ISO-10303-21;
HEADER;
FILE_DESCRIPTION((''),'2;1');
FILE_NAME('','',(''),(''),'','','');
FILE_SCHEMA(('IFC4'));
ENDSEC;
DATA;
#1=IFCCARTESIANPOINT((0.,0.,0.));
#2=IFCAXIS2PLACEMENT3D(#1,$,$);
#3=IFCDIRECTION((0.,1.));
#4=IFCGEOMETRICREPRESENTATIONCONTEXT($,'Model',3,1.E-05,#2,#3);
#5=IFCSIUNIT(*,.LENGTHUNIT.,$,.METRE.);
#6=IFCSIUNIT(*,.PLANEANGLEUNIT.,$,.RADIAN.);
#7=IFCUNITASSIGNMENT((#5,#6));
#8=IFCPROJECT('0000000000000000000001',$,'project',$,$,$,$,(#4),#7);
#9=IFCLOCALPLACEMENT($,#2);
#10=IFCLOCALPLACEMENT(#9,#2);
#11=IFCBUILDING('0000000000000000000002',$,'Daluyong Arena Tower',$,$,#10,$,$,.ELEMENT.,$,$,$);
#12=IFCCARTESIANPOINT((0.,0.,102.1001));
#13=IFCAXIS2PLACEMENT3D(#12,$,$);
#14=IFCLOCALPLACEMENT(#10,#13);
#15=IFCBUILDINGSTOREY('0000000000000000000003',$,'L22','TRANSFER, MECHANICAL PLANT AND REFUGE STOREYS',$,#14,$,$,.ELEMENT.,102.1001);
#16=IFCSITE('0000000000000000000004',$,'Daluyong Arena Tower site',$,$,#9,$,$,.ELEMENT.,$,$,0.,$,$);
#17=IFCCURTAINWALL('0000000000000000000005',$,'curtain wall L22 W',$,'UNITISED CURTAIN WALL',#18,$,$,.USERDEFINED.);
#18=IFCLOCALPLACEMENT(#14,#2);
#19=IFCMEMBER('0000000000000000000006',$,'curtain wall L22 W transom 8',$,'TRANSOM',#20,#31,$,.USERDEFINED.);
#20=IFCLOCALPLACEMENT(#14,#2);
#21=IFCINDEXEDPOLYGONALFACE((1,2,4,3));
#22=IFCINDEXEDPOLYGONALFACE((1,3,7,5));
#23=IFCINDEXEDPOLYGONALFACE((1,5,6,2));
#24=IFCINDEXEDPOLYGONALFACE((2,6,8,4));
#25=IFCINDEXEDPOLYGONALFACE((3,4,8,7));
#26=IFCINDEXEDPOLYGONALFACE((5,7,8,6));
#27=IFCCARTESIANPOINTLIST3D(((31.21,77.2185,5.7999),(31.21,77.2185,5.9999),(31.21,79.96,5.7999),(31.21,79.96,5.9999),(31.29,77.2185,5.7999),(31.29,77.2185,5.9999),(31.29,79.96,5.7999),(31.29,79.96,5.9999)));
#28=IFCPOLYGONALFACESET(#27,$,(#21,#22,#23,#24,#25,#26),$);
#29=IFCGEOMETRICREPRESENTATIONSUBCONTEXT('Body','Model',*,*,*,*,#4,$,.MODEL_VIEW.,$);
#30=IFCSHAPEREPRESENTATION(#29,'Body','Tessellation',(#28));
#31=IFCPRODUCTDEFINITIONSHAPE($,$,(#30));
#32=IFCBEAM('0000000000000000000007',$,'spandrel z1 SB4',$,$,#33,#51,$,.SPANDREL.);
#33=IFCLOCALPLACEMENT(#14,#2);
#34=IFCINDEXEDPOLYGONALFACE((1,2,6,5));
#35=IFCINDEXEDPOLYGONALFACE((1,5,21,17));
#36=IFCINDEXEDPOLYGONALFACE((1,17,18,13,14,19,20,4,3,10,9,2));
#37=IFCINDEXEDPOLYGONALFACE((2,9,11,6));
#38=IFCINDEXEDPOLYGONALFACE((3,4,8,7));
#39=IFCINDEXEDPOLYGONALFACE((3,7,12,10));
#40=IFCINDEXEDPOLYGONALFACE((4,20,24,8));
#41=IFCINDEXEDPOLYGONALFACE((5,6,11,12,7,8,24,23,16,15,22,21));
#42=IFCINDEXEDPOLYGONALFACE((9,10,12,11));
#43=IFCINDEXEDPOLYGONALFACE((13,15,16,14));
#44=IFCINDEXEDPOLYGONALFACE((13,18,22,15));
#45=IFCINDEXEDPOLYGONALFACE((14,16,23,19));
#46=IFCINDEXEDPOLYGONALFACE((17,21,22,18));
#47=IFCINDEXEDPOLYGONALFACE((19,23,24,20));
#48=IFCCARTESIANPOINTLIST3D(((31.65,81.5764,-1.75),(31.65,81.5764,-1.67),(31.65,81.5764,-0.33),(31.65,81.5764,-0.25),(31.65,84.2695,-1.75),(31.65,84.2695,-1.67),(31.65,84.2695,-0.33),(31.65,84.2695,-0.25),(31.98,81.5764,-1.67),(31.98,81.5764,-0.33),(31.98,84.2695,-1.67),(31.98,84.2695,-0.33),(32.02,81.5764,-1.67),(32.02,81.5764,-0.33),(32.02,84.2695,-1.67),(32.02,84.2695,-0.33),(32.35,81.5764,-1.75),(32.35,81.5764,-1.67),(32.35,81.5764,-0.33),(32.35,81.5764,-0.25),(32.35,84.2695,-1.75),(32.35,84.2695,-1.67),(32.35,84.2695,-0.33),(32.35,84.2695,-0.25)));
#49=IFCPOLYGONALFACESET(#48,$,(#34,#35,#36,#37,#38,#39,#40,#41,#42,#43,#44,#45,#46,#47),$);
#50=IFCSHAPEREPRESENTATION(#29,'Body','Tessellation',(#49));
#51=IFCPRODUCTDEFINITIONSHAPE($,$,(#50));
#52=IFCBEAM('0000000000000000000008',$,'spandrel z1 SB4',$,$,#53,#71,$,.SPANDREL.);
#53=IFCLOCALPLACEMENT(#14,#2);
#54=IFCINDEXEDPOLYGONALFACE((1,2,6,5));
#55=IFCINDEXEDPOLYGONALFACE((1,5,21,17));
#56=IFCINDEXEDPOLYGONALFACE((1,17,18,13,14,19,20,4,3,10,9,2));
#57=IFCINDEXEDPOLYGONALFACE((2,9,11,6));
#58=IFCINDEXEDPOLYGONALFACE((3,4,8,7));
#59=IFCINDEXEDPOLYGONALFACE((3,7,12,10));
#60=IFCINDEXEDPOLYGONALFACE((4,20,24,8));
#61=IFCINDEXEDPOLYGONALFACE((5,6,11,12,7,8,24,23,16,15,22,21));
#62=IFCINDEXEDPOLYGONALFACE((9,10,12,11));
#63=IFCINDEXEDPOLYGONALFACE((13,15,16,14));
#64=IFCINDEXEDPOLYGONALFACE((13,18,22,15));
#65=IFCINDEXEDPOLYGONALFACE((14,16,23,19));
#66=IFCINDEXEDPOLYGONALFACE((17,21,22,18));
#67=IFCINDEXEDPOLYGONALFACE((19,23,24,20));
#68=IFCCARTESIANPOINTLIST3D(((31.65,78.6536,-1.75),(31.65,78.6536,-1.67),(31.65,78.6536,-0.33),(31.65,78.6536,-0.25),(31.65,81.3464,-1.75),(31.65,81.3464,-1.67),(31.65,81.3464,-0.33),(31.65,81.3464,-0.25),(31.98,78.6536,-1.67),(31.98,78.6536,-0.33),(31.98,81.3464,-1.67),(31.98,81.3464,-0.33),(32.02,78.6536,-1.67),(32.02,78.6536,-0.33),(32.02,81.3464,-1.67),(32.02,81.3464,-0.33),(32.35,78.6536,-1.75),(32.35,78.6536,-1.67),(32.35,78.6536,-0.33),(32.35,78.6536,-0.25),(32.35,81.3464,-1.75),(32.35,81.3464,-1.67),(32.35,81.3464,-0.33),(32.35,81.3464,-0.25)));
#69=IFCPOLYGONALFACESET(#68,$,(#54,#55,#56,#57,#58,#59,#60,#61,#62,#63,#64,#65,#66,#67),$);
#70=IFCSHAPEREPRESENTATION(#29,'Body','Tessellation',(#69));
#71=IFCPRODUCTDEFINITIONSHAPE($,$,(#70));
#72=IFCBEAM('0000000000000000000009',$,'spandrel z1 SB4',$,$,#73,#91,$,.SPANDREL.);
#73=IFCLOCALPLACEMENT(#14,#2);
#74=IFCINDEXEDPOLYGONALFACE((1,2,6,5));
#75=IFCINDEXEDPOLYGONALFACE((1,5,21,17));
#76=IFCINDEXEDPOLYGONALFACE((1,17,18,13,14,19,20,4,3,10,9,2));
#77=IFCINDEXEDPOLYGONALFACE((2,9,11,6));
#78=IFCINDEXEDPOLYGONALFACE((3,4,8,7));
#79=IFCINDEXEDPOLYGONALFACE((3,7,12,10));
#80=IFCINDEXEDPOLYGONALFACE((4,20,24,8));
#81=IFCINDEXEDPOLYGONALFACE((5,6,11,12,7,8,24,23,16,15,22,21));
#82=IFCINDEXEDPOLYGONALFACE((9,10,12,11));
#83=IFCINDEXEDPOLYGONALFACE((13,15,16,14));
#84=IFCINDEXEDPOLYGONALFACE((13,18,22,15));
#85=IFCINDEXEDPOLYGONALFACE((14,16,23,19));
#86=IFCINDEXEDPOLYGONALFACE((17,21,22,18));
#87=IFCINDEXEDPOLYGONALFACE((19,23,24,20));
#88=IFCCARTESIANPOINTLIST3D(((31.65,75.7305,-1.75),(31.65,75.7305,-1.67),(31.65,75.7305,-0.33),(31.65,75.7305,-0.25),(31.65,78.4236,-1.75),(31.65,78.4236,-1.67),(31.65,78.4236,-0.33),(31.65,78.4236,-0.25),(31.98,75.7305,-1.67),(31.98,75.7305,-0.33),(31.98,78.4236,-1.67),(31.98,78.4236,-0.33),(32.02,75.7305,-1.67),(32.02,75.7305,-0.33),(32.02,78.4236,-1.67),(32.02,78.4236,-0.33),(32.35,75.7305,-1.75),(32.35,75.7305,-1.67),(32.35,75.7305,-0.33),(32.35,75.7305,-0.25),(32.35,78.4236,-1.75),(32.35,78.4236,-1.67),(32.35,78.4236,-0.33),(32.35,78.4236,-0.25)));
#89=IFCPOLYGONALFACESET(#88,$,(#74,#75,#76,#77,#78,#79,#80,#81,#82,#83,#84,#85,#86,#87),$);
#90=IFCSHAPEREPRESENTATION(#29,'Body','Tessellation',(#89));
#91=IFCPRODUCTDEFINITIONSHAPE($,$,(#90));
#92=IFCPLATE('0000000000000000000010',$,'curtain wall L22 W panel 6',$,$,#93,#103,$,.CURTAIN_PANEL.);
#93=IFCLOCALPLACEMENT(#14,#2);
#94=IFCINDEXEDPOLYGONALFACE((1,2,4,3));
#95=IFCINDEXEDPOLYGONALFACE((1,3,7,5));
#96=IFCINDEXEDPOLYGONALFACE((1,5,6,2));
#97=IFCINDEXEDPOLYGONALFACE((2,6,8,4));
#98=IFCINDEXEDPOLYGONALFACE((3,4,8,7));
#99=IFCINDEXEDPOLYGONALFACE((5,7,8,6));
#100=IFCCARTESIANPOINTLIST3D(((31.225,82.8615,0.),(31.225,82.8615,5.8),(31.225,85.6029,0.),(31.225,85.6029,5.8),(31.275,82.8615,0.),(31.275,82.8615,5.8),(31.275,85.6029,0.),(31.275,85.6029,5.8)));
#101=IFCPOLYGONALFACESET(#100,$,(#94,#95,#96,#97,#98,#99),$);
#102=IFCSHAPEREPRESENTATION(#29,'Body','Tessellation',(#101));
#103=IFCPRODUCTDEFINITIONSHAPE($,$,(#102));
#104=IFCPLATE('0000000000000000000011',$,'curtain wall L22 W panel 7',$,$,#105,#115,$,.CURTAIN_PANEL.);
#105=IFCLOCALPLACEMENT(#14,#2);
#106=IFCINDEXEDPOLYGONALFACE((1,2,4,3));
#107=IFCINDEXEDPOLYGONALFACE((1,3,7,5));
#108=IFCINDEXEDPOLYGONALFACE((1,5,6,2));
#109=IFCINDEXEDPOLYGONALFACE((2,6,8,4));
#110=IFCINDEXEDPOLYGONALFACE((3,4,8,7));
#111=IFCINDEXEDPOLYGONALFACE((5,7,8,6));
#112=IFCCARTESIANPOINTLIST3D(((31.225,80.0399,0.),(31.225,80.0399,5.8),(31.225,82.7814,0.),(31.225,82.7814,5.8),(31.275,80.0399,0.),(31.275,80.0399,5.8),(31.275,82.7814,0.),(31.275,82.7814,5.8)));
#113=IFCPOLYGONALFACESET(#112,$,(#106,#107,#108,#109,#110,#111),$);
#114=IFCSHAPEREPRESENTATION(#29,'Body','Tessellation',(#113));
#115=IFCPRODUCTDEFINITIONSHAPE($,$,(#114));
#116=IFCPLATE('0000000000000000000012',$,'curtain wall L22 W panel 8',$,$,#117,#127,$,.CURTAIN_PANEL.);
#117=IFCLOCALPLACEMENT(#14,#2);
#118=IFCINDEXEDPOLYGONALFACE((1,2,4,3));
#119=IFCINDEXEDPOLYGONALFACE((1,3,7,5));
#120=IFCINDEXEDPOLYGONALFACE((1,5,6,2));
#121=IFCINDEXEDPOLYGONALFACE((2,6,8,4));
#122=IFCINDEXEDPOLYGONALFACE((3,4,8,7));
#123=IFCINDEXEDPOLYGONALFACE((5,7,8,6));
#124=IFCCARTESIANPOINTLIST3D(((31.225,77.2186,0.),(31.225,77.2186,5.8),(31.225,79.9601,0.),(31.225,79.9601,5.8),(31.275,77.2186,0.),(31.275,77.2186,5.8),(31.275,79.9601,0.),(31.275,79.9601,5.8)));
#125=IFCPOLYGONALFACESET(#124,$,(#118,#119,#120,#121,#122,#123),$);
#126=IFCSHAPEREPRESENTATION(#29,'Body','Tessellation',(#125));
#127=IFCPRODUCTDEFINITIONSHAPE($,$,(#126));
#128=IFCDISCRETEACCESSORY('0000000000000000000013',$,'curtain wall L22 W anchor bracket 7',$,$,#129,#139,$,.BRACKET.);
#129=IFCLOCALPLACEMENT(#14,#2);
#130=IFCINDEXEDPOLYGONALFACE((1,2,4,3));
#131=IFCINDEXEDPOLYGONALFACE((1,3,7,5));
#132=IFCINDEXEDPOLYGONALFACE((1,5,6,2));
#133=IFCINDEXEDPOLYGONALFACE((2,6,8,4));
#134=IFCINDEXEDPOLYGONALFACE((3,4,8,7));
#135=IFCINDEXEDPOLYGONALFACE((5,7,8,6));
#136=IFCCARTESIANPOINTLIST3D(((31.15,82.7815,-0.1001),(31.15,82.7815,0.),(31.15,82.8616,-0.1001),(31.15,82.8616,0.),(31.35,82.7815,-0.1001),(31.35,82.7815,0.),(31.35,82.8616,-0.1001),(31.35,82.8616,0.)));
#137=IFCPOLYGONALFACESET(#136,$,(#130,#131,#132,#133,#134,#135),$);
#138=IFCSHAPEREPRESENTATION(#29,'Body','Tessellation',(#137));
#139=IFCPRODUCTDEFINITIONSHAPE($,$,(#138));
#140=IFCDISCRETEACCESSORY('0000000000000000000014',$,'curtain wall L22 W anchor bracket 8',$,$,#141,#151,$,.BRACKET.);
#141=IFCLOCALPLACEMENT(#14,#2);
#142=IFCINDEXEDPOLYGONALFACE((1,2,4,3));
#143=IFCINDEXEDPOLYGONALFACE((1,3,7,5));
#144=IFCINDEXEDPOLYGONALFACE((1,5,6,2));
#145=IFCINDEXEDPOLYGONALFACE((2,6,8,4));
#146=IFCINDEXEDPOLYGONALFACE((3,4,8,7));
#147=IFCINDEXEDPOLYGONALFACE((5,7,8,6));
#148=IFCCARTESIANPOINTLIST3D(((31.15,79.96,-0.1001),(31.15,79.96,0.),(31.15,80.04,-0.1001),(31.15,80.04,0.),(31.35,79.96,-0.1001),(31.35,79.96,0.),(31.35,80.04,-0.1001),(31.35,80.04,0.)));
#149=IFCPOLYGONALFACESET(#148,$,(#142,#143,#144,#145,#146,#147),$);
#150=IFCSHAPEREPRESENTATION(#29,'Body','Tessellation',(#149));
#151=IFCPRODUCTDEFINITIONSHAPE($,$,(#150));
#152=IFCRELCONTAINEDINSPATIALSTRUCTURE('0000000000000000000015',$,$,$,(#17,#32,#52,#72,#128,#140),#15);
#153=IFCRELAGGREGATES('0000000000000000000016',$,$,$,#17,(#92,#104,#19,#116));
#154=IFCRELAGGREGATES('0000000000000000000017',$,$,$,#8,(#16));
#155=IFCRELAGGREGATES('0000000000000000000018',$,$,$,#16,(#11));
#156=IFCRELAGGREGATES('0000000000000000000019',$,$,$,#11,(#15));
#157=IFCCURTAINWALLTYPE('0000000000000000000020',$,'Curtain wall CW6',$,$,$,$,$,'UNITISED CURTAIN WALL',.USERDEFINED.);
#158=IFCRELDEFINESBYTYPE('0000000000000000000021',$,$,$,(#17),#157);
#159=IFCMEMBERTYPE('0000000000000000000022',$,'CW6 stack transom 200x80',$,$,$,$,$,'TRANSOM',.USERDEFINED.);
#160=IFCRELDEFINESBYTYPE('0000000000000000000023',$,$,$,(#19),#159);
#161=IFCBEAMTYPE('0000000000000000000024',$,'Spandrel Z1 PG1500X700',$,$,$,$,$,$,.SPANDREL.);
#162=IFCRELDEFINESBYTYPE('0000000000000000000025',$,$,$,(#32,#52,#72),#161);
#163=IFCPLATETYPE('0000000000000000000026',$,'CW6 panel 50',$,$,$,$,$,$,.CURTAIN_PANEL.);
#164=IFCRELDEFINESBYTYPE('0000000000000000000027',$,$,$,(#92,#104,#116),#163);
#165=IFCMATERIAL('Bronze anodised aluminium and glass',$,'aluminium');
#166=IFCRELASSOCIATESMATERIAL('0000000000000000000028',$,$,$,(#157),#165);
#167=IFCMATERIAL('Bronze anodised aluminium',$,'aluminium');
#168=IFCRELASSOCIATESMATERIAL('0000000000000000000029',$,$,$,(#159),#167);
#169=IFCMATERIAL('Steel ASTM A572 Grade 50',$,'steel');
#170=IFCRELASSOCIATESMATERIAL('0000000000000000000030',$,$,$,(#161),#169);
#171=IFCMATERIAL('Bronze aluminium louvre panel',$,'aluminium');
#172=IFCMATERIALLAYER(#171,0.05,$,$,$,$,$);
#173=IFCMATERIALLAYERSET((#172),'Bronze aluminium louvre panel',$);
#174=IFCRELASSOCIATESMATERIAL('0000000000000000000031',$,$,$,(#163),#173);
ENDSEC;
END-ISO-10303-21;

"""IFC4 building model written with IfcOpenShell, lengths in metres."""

from ifc_helpers import new_model, si_unit, direction, frame, origin, origin_2d, place, context, subcontext, project, spatial, rectangle, i_section, extrude, material, layer, layer_set, material_profile, profile_set, type_object, element, aggregate, save


model = new_model("IFC4")

# Units and contexts
model_context = context("Model", 3, precision=1e-05, world=origin(), true_north=direction((0.0, 1.0)))
body_context = subcontext(model_context, "Body", "Model", "MODEL_VIEW")
ifc_project = project(units=[si_unit("LENGTHUNIT", "METRE"), si_unit("PLANEANGLEUNIT", "RADIAN")], contexts=[model_context])

# Site, building, storey
site_placement = place(None, origin())
site = spatial("IfcSite", under=ifc_project, at=site_placement, Name="Daluyong Arena Tower site", CompositionType="ELEMENT", RefElevation=0.0)
building_placement = place(site_placement, origin())
building = spatial("IfcBuilding", under=site, at=building_placement, Name="Daluyong Arena Tower", CompositionType="ELEMENT")
storey_placement = place(building_placement, frame((0.0, 0.0, 102.1001)))
storey = spatial("IfcBuildingStorey", under=building, at=storey_placement, Name="L22", Description="TRANSFER, MECHANICAL PLANT AND REFUGE STOREYS", CompositionType="ELEMENT", Elevation=102.1001)

# Curtain wall, member
ifc_material_1 = material(Name="Bronze anodised aluminium and glass", Category="aluminium")
curtain_wall_type = type_object("IfcCurtainWallType", Name="Curtain wall CW6", ElementType="UNITISED CURTAIN WALL", PredefinedType="USERDEFINED", material=ifc_material_1)
curtain_wall_placement = place(storey_placement, origin())
curtain_wall = element("IfcCurtainWall", 1, at=curtain_wall_placement, inside=storey, type_object=curtain_wall_type, Name="curtain wall L22 W", ObjectType="UNITISED CURTAIN WALL", PredefinedType="USERDEFINED")
ifc_material_2 = material(Name="Bronze anodised aluminium", Category="aluminium")
ifc_material_profile_1 = material_profile(ifc_material_2, rectangle(XDim=0.0801, YDim=0.2, at=origin_2d()))
ifc_profile_set_1 = profile_set([ifc_material_profile_1], Name="Bronze anodised aluminium")
member_type_1 = type_object("IfcMemberType", Name="CW6 stack transom 200x80", ElementType="TRANSOM", PredefinedType="USERDEFINED", material=ifc_profile_set_1)
member_1_placement = place(storey_placement, frame((31.25, 79.96, 5.8999), z_axis=(0.0, -1.0, 0.0), x_axis=(1.0, 0.0, 0.0)))
member_1 = element("IfcMember", 2, at=member_1_placement, type_object=member_type_1, Name="curtain wall L22 W transom 8", ObjectType="TRANSOM", PredefinedType="USERDEFINED", context=body_context, shape_type="SweptSolid", body=[
    extrude(rectangle(XDim=0.0801, YDim=0.2, at=origin_2d()), origin(), (0.0, 0.0, 1.0), 2.7415),
])

# Beams
ifc_material_3 = material(Name="Steel ASTM A572 Grade 50", Category="steel")
ifc_material_profile_2 = material_profile(ifc_material_3, i_section(OverallWidth=0.7, OverallDepth=1.5, WebThickness=0.04, FlangeThickness=0.08, at=origin_2d()))
ifc_profile_set_2 = profile_set([ifc_material_profile_2], Name="Steel ASTM A572 Grade 50")
beam_type = type_object("IfcBeamType", Name="Spandrel Z1 PG1500X700", PredefinedType="SPANDREL", material=ifc_profile_set_2)
beam_1_placement = place(storey_placement, frame((32.0, 84.2695, -1.0), z_axis=(0.0, -1.0, 0.0), x_axis=(1.0, 0.0, 0.0)))
element("IfcBeam", 3, at=beam_1_placement, inside=storey, type_object=beam_type, Name="spandrel z1 SB4", PredefinedType="SPANDREL", context=body_context, shape_type="SweptSolid", body=[
    extrude(i_section(OverallWidth=0.7, OverallDepth=1.5, WebThickness=0.04, FlangeThickness=0.08, at=origin_2d()), origin(), (0.0, 0.0, 1.0), 2.6931),
])
beam_2_placement = place(storey_placement, frame((32.0, 81.3464, -1.0), z_axis=(0.0, -1.0, 0.0), x_axis=(1.0, 0.0, 0.0)))
element("IfcBeam", 4, at=beam_2_placement, inside=storey, type_object=beam_type, Name="spandrel z1 SB4", PredefinedType="SPANDREL", context=body_context, shape_type="SweptSolid", body=[
    extrude(i_section(OverallWidth=0.7, OverallDepth=1.5, WebThickness=0.04, FlangeThickness=0.08, at=origin_2d()), origin(), (0.0, 0.0, 1.0), 2.6929),
])
beam_3_placement = place(storey_placement, frame((32.0, 78.4236, -1.0), z_axis=(0.0, -1.0, 0.0), x_axis=(1.0, 0.0, 0.0)))
element("IfcBeam", 5, at=beam_3_placement, inside=storey, type_object=beam_type, Name="spandrel z1 SB4", PredefinedType="SPANDREL", context=body_context, shape_type="SweptSolid", body=[
    extrude(i_section(OverallWidth=0.7, OverallDepth=1.5, WebThickness=0.04, FlangeThickness=0.08, at=origin_2d()), origin(), (0.0, 0.0, 1.0), 2.6931),
])

# Plates
ifc_material_4 = material(Name="Bronze aluminium louvre panel", Category="aluminium")
ifc_layer = layer(ifc_material_4, 0.05)
ifc_layer_set = layer_set([ifc_layer], Name="Bronze aluminium louvre panel")
plate_type = type_object("IfcPlateType", Name="CW6 panel 50", PredefinedType="CURTAIN_PANEL", material=ifc_layer_set)
plate_1_placement = place(storey_placement, frame((31.25, 84.2322, 0.0), z_axis=(0.0, 0.0, 1.0), x_axis=(0.0, -1.0, 0.0)))
plate_1 = element("IfcPlate", 6, at=plate_1_placement, type_object=plate_type, Name="curtain wall L22 W panel 6", PredefinedType="CURTAIN_PANEL", context=body_context, shape_type="SweptSolid", body=[
    extrude(rectangle(XDim=2.7415, YDim=0.05, at=origin_2d()), origin(), (0.0, 0.0, 1.0), 5.8),
])
plate_2_placement = place(storey_placement, frame((31.25, 81.4106, 0.0), z_axis=(0.0, 0.0, 1.0), x_axis=(0.0, -1.0, 0.0)))
plate_2 = element("IfcPlate", 7, at=plate_2_placement, type_object=plate_type, Name="curtain wall L22 W panel 7", PredefinedType="CURTAIN_PANEL", context=body_context, shape_type="SweptSolid", body=[
    extrude(rectangle(XDim=2.7415, YDim=0.05, at=origin_2d()), origin(), (0.0, 0.0, 1.0), 5.8),
])
plate_3_placement = place(storey_placement, frame((31.25, 78.5894, 0.0), z_axis=(0.0, 0.0, 1.0), x_axis=(0.0, -1.0, 0.0)))
plate_3 = element("IfcPlate", 8, at=plate_3_placement, type_object=plate_type, Name="curtain wall L22 W panel 8", PredefinedType="CURTAIN_PANEL", context=body_context, shape_type="SweptSolid", body=[
    extrude(rectangle(XDim=2.7415, YDim=0.05, at=origin_2d()), origin(), (0.0, 0.0, 1.0), 5.8),
])
aggregate(curtain_wall, [plate_1, plate_2, member_1, plate_3])

# Discrete accessories
for number, where, z_axis, x_axis, name in (
    (9, (31.25, 82.8215, -0.1001), (0.0, 0.0, 1.0), (0.0, -1.0, 0.0), "curtain wall L22 W anchor bracket 7"),
    (10, (31.25, 80.0, -0.1001), (0.0, 0.0, 1.0), (0.0, -1.0, 0.0), "curtain wall L22 W anchor bracket 8"),
):
    element("IfcDiscreteAccessory", number, at=place(storey_placement, frame(where, z_axis=z_axis, x_axis=x_axis)), inside=storey, Name=name, PredefinedType="BRACKET", context=body_context, shape_type="SweptSolid", body=[
        extrude(rectangle(XDim=0.0801, YDim=0.2, at=origin_2d()), origin(), (0.0, 0.0, 1.0), 0.1001),
    ])

save(model, "model.ifc")
